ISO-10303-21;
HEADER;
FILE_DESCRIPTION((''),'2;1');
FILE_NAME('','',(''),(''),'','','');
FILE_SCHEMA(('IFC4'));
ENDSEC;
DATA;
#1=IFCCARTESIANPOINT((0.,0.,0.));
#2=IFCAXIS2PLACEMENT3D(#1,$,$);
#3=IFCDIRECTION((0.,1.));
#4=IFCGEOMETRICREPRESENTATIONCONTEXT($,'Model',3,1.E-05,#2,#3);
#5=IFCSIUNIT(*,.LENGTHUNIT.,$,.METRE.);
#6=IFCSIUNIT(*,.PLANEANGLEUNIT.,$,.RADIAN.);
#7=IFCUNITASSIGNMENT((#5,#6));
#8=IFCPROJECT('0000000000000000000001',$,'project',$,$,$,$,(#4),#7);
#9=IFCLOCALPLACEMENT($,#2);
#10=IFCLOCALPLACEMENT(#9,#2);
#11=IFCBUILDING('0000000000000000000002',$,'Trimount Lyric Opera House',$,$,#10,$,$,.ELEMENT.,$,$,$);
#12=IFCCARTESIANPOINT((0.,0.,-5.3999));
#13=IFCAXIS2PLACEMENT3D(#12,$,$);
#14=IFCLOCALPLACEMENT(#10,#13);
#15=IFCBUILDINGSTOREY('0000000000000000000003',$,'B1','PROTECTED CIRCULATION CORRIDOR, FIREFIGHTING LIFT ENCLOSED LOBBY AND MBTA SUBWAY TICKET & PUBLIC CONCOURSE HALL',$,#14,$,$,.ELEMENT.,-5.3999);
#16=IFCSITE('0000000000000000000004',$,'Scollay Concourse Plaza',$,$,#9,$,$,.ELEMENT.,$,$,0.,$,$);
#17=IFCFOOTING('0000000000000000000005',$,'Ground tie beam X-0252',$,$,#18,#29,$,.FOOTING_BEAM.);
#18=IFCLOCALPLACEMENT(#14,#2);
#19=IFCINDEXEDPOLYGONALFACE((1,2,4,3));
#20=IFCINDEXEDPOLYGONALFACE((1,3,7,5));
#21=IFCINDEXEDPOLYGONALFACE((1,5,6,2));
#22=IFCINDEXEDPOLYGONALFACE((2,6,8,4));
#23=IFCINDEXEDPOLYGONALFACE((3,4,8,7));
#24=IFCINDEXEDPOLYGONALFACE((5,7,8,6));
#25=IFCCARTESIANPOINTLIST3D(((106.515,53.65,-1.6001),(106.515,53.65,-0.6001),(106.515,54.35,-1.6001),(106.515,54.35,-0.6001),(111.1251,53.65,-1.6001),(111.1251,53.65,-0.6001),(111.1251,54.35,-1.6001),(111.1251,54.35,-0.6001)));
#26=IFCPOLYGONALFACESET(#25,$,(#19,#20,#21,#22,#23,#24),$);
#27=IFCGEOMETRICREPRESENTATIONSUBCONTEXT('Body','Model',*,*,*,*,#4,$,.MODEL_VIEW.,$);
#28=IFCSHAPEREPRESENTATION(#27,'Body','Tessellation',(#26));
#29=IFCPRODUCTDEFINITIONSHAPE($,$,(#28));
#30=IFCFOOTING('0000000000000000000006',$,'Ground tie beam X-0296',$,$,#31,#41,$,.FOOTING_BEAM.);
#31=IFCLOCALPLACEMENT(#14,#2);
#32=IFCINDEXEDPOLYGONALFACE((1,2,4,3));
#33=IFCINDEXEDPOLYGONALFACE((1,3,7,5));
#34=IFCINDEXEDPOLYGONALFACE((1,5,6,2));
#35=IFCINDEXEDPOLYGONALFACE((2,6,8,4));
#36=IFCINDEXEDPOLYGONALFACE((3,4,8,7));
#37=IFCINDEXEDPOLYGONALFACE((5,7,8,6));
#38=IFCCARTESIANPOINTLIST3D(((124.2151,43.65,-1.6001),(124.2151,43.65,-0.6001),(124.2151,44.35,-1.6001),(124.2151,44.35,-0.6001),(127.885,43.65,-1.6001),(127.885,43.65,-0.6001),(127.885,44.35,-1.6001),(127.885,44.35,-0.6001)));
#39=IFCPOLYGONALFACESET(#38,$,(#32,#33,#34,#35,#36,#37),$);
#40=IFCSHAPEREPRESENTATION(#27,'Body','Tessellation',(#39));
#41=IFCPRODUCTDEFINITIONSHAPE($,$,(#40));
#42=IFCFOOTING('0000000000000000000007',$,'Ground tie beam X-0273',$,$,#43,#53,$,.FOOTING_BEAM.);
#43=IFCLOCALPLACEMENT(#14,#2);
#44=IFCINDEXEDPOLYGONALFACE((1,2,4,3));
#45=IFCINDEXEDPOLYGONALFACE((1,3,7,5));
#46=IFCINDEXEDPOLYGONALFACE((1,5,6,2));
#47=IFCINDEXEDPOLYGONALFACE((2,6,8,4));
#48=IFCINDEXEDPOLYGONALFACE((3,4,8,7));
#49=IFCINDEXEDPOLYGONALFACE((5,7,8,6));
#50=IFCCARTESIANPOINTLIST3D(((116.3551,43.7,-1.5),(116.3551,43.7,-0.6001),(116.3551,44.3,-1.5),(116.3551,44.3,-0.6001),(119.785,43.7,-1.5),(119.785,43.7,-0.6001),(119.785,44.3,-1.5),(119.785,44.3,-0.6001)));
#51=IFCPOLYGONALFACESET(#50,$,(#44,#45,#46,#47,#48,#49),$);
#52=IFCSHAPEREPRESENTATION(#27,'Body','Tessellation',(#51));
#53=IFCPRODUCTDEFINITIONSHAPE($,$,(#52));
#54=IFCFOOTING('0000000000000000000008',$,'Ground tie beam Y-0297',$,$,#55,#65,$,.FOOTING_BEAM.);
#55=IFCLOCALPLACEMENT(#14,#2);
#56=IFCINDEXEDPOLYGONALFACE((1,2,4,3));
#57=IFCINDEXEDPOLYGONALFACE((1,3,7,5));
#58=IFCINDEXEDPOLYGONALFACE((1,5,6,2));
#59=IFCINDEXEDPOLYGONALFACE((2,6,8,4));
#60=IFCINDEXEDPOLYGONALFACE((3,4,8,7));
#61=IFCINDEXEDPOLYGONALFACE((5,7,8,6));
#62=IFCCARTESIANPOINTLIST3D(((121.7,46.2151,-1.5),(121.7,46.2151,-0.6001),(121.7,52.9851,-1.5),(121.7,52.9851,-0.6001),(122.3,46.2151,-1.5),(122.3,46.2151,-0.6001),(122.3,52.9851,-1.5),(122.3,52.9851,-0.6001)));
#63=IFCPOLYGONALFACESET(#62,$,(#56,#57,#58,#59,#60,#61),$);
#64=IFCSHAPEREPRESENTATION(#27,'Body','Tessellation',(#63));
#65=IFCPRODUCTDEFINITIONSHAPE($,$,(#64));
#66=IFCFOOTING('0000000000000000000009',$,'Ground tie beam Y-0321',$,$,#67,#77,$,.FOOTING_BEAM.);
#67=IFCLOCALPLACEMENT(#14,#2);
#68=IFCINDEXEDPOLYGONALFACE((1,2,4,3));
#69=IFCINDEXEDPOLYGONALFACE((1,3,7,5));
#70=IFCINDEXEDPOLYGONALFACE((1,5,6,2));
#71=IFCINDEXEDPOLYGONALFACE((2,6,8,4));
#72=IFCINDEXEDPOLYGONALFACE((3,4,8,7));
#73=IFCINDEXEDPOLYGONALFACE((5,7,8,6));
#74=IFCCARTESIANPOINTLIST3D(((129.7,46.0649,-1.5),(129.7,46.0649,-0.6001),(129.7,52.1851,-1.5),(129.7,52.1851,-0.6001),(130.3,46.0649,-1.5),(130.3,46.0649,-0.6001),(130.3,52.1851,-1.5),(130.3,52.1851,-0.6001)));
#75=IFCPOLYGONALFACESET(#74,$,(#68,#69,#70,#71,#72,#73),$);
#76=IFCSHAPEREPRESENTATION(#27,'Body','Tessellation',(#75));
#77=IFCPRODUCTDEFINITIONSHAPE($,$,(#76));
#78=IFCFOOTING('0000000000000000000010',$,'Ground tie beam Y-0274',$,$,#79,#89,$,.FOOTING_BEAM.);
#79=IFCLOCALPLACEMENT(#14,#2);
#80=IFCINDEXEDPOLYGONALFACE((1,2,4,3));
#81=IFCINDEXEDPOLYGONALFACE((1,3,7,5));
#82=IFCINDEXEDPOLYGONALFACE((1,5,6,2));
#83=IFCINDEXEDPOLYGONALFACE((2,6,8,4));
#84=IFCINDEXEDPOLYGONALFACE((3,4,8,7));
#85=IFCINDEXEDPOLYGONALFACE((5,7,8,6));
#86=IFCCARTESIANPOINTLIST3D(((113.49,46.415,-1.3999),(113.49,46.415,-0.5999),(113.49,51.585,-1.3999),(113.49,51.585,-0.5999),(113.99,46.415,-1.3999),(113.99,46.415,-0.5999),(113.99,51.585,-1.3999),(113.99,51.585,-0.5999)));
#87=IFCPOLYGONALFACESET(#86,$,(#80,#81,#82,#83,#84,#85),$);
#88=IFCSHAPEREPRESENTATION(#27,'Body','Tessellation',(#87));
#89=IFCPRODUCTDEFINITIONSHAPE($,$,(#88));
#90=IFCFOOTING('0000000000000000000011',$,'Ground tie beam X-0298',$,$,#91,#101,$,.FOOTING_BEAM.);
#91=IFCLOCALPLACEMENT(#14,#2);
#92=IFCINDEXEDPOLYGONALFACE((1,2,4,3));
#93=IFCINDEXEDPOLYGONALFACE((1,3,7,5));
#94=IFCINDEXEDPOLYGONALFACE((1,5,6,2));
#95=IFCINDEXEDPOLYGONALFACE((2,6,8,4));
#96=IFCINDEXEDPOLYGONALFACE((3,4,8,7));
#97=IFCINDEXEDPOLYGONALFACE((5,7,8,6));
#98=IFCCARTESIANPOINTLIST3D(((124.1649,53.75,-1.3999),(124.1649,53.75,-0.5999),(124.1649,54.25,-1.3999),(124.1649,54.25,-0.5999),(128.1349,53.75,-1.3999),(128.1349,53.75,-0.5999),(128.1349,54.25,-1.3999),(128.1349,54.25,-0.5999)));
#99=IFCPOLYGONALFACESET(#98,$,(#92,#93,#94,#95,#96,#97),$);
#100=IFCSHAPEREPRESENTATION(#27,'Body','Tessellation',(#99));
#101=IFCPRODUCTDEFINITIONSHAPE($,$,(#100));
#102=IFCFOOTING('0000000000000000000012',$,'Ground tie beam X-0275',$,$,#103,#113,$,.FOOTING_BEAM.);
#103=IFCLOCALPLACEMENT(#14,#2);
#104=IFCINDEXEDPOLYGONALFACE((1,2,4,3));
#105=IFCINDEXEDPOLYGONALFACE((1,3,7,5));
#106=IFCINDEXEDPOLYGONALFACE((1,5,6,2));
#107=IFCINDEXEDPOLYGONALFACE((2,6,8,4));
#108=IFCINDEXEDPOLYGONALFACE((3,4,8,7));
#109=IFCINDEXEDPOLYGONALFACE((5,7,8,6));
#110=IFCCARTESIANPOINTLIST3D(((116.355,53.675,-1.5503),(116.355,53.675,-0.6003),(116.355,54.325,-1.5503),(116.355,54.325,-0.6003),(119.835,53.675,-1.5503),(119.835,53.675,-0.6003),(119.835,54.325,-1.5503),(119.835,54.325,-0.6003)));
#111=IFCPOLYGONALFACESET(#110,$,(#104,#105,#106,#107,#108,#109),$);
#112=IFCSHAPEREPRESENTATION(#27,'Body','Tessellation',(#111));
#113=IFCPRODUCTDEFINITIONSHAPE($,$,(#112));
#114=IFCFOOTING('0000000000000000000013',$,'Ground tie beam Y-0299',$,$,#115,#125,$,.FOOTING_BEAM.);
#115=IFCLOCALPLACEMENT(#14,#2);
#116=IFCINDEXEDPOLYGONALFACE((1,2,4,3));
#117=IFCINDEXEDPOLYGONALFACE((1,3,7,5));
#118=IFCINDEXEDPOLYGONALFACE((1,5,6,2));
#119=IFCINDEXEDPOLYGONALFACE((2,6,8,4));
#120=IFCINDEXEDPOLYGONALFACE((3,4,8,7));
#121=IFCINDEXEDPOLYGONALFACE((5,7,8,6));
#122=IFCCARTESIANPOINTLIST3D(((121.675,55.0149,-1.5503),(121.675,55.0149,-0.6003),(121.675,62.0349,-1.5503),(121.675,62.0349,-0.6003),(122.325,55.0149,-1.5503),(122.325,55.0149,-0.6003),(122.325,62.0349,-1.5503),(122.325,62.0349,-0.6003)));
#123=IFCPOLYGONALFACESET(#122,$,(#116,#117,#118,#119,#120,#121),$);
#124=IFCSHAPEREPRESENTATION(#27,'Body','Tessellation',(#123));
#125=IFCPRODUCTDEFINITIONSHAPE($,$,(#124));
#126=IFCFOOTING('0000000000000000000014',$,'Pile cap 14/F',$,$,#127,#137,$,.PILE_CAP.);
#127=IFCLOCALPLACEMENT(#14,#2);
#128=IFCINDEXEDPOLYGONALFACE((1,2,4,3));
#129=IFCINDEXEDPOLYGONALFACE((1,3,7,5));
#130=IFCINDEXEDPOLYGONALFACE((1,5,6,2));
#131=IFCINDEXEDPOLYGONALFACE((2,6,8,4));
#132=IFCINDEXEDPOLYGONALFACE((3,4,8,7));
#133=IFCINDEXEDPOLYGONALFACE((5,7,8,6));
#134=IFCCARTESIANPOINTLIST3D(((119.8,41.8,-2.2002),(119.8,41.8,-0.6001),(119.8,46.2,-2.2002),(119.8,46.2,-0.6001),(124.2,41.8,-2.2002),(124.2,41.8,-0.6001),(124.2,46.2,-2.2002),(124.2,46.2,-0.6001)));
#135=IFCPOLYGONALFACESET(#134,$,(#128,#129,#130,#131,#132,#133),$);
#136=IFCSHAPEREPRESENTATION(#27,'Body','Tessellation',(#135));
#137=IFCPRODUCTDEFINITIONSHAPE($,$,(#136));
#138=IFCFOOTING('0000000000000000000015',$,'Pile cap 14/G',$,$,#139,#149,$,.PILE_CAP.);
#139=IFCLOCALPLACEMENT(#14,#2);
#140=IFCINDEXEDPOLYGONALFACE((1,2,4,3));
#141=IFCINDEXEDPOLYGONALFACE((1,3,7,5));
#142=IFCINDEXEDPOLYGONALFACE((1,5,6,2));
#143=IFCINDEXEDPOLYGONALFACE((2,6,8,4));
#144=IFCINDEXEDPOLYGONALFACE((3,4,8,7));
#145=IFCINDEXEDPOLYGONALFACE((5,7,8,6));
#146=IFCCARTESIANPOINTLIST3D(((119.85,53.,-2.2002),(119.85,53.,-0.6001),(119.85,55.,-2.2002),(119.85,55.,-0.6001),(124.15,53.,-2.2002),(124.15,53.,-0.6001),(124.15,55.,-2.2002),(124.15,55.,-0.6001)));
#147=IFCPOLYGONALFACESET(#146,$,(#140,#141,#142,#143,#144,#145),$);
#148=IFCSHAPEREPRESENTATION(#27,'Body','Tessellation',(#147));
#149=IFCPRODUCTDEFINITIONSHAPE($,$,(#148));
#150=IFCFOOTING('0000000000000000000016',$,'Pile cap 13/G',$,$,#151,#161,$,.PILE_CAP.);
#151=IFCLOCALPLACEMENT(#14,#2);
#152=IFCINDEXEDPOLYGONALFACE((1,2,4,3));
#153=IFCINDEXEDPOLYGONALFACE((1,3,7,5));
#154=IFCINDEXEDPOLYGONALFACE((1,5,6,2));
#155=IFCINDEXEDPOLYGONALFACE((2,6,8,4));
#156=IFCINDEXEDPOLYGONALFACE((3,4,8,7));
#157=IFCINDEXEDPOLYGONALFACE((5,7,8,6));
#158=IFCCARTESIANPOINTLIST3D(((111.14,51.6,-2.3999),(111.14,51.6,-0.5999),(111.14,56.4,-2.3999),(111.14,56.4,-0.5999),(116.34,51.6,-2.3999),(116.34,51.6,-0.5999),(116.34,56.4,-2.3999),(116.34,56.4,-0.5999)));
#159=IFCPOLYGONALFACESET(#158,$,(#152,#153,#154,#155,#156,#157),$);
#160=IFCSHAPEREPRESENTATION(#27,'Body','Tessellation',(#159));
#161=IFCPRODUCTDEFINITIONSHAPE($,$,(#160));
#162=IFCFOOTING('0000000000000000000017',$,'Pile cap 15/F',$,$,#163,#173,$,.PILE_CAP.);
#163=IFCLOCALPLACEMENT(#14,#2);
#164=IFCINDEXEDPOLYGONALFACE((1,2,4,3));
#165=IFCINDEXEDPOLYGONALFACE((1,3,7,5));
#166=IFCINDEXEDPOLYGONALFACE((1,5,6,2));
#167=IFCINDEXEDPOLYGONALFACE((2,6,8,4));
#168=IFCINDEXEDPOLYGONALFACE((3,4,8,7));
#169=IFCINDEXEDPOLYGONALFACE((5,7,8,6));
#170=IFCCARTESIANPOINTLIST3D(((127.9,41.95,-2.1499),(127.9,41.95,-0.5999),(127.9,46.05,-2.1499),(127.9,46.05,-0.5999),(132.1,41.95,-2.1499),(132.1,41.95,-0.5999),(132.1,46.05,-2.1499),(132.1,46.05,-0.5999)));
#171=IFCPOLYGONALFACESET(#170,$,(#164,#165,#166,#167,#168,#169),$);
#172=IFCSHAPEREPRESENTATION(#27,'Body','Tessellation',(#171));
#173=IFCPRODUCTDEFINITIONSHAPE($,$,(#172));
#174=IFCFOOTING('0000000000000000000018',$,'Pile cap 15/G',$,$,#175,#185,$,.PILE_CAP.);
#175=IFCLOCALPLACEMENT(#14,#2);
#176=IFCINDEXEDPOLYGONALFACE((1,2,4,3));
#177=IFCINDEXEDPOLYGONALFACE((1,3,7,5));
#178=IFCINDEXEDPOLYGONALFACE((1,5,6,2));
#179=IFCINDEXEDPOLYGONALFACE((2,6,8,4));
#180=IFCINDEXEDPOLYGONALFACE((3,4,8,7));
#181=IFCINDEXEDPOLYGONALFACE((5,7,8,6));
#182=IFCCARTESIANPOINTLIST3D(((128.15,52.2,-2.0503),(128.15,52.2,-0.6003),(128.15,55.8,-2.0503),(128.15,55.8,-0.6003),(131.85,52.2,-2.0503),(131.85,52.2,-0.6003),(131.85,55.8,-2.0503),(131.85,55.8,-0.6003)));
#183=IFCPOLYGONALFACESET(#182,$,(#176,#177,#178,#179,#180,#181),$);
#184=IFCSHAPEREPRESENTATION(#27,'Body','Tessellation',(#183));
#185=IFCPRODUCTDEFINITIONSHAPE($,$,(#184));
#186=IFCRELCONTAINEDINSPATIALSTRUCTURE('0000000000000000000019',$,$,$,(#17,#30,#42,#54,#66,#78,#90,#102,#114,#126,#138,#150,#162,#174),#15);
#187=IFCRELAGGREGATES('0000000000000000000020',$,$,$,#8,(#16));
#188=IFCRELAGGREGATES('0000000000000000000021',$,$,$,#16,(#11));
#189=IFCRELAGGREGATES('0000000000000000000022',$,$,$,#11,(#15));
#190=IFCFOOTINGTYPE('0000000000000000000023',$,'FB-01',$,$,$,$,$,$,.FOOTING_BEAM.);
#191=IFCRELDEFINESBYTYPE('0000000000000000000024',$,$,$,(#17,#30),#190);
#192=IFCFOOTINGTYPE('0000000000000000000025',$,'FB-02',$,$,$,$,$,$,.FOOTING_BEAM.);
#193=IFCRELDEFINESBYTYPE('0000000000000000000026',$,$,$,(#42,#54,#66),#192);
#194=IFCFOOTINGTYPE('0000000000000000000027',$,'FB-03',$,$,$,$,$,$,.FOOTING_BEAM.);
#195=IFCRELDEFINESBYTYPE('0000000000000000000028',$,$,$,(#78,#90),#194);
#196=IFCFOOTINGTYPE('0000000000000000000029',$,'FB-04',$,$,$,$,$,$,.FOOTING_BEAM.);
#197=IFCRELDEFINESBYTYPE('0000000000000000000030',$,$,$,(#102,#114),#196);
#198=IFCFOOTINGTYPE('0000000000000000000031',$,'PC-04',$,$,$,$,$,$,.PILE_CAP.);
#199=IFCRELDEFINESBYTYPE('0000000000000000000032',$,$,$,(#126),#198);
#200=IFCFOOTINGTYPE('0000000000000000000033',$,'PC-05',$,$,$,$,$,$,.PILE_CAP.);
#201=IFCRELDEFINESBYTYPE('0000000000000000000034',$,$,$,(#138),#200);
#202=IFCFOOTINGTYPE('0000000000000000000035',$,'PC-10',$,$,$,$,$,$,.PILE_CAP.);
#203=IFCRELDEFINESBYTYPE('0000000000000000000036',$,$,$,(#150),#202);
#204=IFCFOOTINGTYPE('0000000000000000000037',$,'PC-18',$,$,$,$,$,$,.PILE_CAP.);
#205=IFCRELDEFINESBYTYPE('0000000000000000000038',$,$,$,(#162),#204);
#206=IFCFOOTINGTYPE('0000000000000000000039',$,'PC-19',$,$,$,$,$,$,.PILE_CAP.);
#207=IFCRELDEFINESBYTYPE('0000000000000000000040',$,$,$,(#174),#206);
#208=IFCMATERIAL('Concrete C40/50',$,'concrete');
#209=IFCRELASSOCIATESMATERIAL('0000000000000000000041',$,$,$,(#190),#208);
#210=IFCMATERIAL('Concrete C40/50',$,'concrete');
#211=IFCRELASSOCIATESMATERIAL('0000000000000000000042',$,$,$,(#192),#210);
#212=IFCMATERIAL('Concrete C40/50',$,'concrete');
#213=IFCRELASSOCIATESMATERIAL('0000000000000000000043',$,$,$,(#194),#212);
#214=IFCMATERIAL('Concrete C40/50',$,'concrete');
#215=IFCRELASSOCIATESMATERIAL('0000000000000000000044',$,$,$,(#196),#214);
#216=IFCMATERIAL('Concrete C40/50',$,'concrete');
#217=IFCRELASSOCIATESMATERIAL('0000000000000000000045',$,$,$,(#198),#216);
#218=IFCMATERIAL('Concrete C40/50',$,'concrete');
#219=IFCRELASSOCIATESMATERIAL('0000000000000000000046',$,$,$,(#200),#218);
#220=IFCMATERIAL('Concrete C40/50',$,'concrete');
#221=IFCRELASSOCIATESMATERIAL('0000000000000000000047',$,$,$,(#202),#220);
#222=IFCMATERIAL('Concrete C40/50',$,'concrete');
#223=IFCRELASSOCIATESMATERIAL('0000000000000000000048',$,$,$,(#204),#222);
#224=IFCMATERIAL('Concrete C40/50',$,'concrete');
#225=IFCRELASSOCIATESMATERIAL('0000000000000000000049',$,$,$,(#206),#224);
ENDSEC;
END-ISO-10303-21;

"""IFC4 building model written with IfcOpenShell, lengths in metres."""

from ifc_helpers import new_model, si_unit, direction, frame, origin, origin_2d, place, context, subcontext, project, spatial, rectangle, extrude, material, type_object, element, save


model = new_model("IFC4")

# Units and contexts
model_context = context("Model", 3, precision=1e-05, world=origin(), true_north=direction((0.0, 1.0)))
body_context = subcontext(model_context, "Body", "Model", "MODEL_VIEW")
ifc_project = project(units=[si_unit("LENGTHUNIT", "METRE"), si_unit("PLANEANGLEUNIT", "RADIAN")], contexts=[model_context])

# Site, building, storey
site_placement = place(None, origin())
site = spatial("IfcSite", under=ifc_project, at=site_placement, Name="Scollay Concourse Plaza", CompositionType="ELEMENT", RefElevation=0.0)
building_placement = place(site_placement, origin())
building = spatial("IfcBuilding", under=site, at=building_placement, Name="Trimount Lyric Opera House", CompositionType="ELEMENT")
storey_placement = place(building_placement, frame((0.0, 0.0, -5.3999)))
storey = spatial("IfcBuildingStorey", under=building, at=storey_placement, Name="B1", Description="PROTECTED CIRCULATION CORRIDOR, FIREFIGHTING LIFT ENCLOSED LOBBY AND MBTA SUBWAY TICKET & PUBLIC CONCOURSE HALL", CompositionType="ELEMENT", Elevation=-5.3999)

# Footings
ifc_material_1 = material(Name="Concrete C40/50", Category="concrete")
footing_type_1 = type_object("IfcFootingType", Name="FB-01", PredefinedType="FOOTING_BEAM", material=ifc_material_1)
footing_1_placement = place(storey_placement, frame((108.8201, 54.0, -1.6001), z_axis=(0.0, 0.0, 1.0), x_axis=(1.0, 0.0, 0.0)))
element("IfcFooting", 1, at=footing_1_placement, inside=storey, type_object=footing_type_1, Name="Ground tie beam X-0252", PredefinedType="FOOTING_BEAM", context=body_context, shape_type="SweptSolid", body=[
    extrude(rectangle(XDim=4.6101, YDim=0.7, at=origin_2d()), origin(), (0.0, 0.0, 1.0), 1.0),
])
footing_2_placement = place(storey_placement, frame((126.05, 44.0, -1.6001), z_axis=(0.0, 0.0, 1.0), x_axis=(1.0, 0.0, 0.0)))
element("IfcFooting", 2, at=footing_2_placement, inside=storey, type_object=footing_type_1, Name="Ground tie beam X-0296", PredefinedType="FOOTING_BEAM", context=body_context, shape_type="SweptSolid", body=[
    extrude(rectangle(XDim=3.6699, YDim=0.7, at=origin_2d()), origin(), (0.0, 0.0, 1.0), 1.0),
])
ifc_material_2 = material(Name="Concrete C40/50", Category="concrete")
footing_type_2 = type_object("IfcFootingType", Name="FB-02", PredefinedType="FOOTING_BEAM", material=ifc_material_2)
footing_3_placement = place(storey_placement, frame((118.0701, 44.0, -1.5), z_axis=(0.0, 0.0, 1.0), x_axis=(1.0, 0.0, 0.0)))
element("IfcFooting", 3, at=footing_3_placement, inside=storey, type_object=footing_type_2, Name="Ground tie beam X-0273", PredefinedType="FOOTING_BEAM", context=body_context, shape_type="SweptSolid", body=[
    extrude(rectangle(XDim=3.4299, YDim=0.6001, at=origin_2d()), origin(), (0.0, 0.0, 1.0), 0.8999),
])
footing_4_placement = place(storey_placement, frame((122.0, 49.6001, -1.5), z_axis=(0.0, 0.0, 1.0), x_axis=(1.0, 0.0, 0.0)))
element("IfcFooting", 4, at=footing_4_placement, inside=storey, type_object=footing_type_2, Name="Ground tie beam Y-0297", PredefinedType="FOOTING_BEAM", context=body_context, shape_type="SweptSolid", body=[
    extrude(rectangle(XDim=0.6001, YDim=6.77, at=origin_2d()), origin(), (0.0, 0.0, 1.0), 0.8999),
])
footing_5_placement = place(storey_placement, frame((130.0, 49.125, -1.5), z_axis=(0.0, 0.0, 1.0), x_axis=(1.0, 0.0, 0.0)))
element("IfcFooting", 5, at=footing_5_placement, inside=storey, type_object=footing_type_2, Name="Ground tie beam Y-0321", PredefinedType="FOOTING_BEAM", context=body_context, shape_type="SweptSolid", body=[
    extrude(rectangle(XDim=0.6001, YDim=6.1201, at=origin_2d()), origin(), (0.0, 0.0, 1.0), 0.8999),
])
ifc_material_3 = material(Name="Concrete C40/50", Category="concrete")
footing_type_3 = type_object("IfcFootingType", Name="FB-03", PredefinedType="FOOTING_BEAM", material=ifc_material_3)
footing_6_placement = place(storey_placement, frame((113.74, 49.0, -1.3999), z_axis=(0.0, 0.0, 1.0), x_axis=(1.0, 0.0, 0.0)))
element("IfcFooting", 6, at=footing_6_placement, inside=storey, type_object=footing_type_3, Name="Ground tie beam Y-0274", PredefinedType="FOOTING_BEAM", context=body_context, shape_type="SweptSolid", body=[
    extrude(rectangle(XDim=0.5, YDim=5.1699, at=origin_2d()), origin(), (0.0, 0.0, 1.0), 0.8),
])
footing_7_placement = place(storey_placement, frame((126.1499, 54.0, -1.3999), z_axis=(0.0, 0.0, 1.0), x_axis=(1.0, 0.0, 0.0)))
element("IfcFooting", 7, at=footing_7_placement, inside=storey, type_object=footing_type_3, Name="Ground tie beam X-0298", PredefinedType="FOOTING_BEAM", context=body_context, shape_type="SweptSolid", body=[
    extrude(rectangle(XDim=3.97, YDim=0.5, at=origin_2d()), origin(), (0.0, 0.0, 1.0), 0.8),
])
ifc_material_4 = material(Name="Concrete C40/50", Category="concrete")
footing_type_4 = type_object("IfcFootingType", Name="FB-04", PredefinedType="FOOTING_BEAM", material=ifc_material_4)
footing_8_placement = place(storey_placement, frame((118.095, 54.0, -1.5503), z_axis=(0.0, 0.0, 1.0), x_axis=(1.0, 0.0, 0.0)))
element("IfcFooting", 8, at=footing_8_placement, inside=storey, type_object=footing_type_4, Name="Ground tie beam X-0275", PredefinedType="FOOTING_BEAM", context=body_context, shape_type="SweptSolid", body=[
    extrude(rectangle(XDim=3.48, YDim=0.6499, at=origin_2d()), origin(), (0.0, 0.0, 1.0), 0.95),
])
footing_9_placement = place(storey_placement, frame((122.0, 58.5249, -1.5503), z_axis=(0.0, 0.0, 1.0), x_axis=(1.0, 0.0, 0.0)))
element("IfcFooting", 9, at=footing_9_placement, inside=storey, type_object=footing_type_4, Name="Ground tie beam Y-0299", PredefinedType="FOOTING_BEAM", context=body_context, shape_type="SweptSolid", body=[
    extrude(rectangle(XDim=0.6499, YDim=7.02, at=origin_2d()), origin(), (0.0, 0.0, 1.0), 0.95),
])
ifc_material_5 = material(Name="Concrete C40/50", Category="concrete")
footing_type_5 = type_object("IfcFootingType", Name="PC-04", PredefinedType="PILE_CAP", material=ifc_material_5)
footing_10_placement = place(storey_placement, frame((122.0, 44.0, -2.2002), z_axis=(0.0, 0.0, 1.0), x_axis=(1.0, 0.0, 0.0)))
element("IfcFooting", 10, at=footing_10_placement, inside=storey, type_object=footing_type_5, Name="Pile cap 14/F", PredefinedType="PILE_CAP", context=body_context, shape_type="SweptSolid", body=[
    extrude(rectangle(XDim=4.3999, YDim=4.3999, at=origin_2d()), origin(), (0.0, 0.0, 1.0), 1.6001),
])
ifc_material_6 = material(Name="Concrete C40/50", Category="concrete")
footing_type_6 = type_object("IfcFootingType", Name="PC-05", PredefinedType="PILE_CAP", material=ifc_material_6)
footing_11_placement = place(storey_placement, frame((122.0, 54.0, -2.2002), z_axis=(0.0, 0.0, 1.0), x_axis=(1.0, 0.0, 0.0)))
element("IfcFooting", 11, at=footing_11_placement, inside=storey, type_object=footing_type_6, Name="Pile cap 14/G", PredefinedType="PILE_CAP", context=body_context, shape_type="SweptSolid", body=[
    extrude(rectangle(XDim=4.3, YDim=2.0, at=origin_2d()), origin(), (0.0, 0.0, 1.0), 1.6001),
])
ifc_material_7 = material(Name="Concrete C40/50", Category="concrete")
footing_type_7 = type_object("IfcFootingType", Name="PC-10", PredefinedType="PILE_CAP", material=ifc_material_7)
footing_12_placement = place(storey_placement, frame((113.74, 54.0, -2.3999), z_axis=(0.0, 0.0, 1.0), x_axis=(1.0, 0.0, 0.0)))
element("IfcFooting", 12, at=footing_12_placement, inside=storey, type_object=footing_type_7, Name="Pile cap 13/G", PredefinedType="PILE_CAP", context=body_context, shape_type="SweptSolid", body=[
    extrude(rectangle(XDim=5.2, YDim=4.8, at=origin_2d()), origin(), (0.0, 0.0, 1.0), 1.8),
])
ifc_material_8 = material(Name="Concrete C40/50", Category="concrete")
footing_type_8 = type_object("IfcFootingType", Name="PC-18", PredefinedType="PILE_CAP", material=ifc_material_8)
footing_13_placement = place(storey_placement, frame((130.0, 44.0, -2.1499), z_axis=(0.0, 0.0, 1.0), x_axis=(1.0, 0.0, 0.0)))
element("IfcFooting", 13, at=footing_13_placement, inside=storey, type_object=footing_type_8, Name="Pile cap 15/F", PredefinedType="PILE_CAP", context=body_context, shape_type="SweptSolid", body=[
    extrude(rectangle(XDim=4.2, YDim=4.1001, at=origin_2d()), origin(), (0.0, 0.0, 1.0), 1.55),
])
ifc_material_9 = material(Name="Concrete C40/50", Category="concrete")
footing_type_9 = type_object("IfcFootingType", Name="PC-19", PredefinedType="PILE_CAP", material=ifc_material_9)
footing_14_placement = place(storey_placement, frame((130.0, 54.0, -2.0503), z_axis=(0.0, 0.0, 1.0), x_axis=(1.0, 0.0, 0.0)))
element("IfcFooting", 14, at=footing_14_placement, inside=storey, type_object=footing_type_9, Name="Pile cap 15/G", PredefinedType="PILE_CAP", context=body_context, shape_type="SweptSolid", body=[
    extrude(rectangle(XDim=3.7, YDim=3.6001, at=origin_2d()), origin(), (0.0, 0.0, 1.0), 1.45),
])

save(model, "model.ifc")
